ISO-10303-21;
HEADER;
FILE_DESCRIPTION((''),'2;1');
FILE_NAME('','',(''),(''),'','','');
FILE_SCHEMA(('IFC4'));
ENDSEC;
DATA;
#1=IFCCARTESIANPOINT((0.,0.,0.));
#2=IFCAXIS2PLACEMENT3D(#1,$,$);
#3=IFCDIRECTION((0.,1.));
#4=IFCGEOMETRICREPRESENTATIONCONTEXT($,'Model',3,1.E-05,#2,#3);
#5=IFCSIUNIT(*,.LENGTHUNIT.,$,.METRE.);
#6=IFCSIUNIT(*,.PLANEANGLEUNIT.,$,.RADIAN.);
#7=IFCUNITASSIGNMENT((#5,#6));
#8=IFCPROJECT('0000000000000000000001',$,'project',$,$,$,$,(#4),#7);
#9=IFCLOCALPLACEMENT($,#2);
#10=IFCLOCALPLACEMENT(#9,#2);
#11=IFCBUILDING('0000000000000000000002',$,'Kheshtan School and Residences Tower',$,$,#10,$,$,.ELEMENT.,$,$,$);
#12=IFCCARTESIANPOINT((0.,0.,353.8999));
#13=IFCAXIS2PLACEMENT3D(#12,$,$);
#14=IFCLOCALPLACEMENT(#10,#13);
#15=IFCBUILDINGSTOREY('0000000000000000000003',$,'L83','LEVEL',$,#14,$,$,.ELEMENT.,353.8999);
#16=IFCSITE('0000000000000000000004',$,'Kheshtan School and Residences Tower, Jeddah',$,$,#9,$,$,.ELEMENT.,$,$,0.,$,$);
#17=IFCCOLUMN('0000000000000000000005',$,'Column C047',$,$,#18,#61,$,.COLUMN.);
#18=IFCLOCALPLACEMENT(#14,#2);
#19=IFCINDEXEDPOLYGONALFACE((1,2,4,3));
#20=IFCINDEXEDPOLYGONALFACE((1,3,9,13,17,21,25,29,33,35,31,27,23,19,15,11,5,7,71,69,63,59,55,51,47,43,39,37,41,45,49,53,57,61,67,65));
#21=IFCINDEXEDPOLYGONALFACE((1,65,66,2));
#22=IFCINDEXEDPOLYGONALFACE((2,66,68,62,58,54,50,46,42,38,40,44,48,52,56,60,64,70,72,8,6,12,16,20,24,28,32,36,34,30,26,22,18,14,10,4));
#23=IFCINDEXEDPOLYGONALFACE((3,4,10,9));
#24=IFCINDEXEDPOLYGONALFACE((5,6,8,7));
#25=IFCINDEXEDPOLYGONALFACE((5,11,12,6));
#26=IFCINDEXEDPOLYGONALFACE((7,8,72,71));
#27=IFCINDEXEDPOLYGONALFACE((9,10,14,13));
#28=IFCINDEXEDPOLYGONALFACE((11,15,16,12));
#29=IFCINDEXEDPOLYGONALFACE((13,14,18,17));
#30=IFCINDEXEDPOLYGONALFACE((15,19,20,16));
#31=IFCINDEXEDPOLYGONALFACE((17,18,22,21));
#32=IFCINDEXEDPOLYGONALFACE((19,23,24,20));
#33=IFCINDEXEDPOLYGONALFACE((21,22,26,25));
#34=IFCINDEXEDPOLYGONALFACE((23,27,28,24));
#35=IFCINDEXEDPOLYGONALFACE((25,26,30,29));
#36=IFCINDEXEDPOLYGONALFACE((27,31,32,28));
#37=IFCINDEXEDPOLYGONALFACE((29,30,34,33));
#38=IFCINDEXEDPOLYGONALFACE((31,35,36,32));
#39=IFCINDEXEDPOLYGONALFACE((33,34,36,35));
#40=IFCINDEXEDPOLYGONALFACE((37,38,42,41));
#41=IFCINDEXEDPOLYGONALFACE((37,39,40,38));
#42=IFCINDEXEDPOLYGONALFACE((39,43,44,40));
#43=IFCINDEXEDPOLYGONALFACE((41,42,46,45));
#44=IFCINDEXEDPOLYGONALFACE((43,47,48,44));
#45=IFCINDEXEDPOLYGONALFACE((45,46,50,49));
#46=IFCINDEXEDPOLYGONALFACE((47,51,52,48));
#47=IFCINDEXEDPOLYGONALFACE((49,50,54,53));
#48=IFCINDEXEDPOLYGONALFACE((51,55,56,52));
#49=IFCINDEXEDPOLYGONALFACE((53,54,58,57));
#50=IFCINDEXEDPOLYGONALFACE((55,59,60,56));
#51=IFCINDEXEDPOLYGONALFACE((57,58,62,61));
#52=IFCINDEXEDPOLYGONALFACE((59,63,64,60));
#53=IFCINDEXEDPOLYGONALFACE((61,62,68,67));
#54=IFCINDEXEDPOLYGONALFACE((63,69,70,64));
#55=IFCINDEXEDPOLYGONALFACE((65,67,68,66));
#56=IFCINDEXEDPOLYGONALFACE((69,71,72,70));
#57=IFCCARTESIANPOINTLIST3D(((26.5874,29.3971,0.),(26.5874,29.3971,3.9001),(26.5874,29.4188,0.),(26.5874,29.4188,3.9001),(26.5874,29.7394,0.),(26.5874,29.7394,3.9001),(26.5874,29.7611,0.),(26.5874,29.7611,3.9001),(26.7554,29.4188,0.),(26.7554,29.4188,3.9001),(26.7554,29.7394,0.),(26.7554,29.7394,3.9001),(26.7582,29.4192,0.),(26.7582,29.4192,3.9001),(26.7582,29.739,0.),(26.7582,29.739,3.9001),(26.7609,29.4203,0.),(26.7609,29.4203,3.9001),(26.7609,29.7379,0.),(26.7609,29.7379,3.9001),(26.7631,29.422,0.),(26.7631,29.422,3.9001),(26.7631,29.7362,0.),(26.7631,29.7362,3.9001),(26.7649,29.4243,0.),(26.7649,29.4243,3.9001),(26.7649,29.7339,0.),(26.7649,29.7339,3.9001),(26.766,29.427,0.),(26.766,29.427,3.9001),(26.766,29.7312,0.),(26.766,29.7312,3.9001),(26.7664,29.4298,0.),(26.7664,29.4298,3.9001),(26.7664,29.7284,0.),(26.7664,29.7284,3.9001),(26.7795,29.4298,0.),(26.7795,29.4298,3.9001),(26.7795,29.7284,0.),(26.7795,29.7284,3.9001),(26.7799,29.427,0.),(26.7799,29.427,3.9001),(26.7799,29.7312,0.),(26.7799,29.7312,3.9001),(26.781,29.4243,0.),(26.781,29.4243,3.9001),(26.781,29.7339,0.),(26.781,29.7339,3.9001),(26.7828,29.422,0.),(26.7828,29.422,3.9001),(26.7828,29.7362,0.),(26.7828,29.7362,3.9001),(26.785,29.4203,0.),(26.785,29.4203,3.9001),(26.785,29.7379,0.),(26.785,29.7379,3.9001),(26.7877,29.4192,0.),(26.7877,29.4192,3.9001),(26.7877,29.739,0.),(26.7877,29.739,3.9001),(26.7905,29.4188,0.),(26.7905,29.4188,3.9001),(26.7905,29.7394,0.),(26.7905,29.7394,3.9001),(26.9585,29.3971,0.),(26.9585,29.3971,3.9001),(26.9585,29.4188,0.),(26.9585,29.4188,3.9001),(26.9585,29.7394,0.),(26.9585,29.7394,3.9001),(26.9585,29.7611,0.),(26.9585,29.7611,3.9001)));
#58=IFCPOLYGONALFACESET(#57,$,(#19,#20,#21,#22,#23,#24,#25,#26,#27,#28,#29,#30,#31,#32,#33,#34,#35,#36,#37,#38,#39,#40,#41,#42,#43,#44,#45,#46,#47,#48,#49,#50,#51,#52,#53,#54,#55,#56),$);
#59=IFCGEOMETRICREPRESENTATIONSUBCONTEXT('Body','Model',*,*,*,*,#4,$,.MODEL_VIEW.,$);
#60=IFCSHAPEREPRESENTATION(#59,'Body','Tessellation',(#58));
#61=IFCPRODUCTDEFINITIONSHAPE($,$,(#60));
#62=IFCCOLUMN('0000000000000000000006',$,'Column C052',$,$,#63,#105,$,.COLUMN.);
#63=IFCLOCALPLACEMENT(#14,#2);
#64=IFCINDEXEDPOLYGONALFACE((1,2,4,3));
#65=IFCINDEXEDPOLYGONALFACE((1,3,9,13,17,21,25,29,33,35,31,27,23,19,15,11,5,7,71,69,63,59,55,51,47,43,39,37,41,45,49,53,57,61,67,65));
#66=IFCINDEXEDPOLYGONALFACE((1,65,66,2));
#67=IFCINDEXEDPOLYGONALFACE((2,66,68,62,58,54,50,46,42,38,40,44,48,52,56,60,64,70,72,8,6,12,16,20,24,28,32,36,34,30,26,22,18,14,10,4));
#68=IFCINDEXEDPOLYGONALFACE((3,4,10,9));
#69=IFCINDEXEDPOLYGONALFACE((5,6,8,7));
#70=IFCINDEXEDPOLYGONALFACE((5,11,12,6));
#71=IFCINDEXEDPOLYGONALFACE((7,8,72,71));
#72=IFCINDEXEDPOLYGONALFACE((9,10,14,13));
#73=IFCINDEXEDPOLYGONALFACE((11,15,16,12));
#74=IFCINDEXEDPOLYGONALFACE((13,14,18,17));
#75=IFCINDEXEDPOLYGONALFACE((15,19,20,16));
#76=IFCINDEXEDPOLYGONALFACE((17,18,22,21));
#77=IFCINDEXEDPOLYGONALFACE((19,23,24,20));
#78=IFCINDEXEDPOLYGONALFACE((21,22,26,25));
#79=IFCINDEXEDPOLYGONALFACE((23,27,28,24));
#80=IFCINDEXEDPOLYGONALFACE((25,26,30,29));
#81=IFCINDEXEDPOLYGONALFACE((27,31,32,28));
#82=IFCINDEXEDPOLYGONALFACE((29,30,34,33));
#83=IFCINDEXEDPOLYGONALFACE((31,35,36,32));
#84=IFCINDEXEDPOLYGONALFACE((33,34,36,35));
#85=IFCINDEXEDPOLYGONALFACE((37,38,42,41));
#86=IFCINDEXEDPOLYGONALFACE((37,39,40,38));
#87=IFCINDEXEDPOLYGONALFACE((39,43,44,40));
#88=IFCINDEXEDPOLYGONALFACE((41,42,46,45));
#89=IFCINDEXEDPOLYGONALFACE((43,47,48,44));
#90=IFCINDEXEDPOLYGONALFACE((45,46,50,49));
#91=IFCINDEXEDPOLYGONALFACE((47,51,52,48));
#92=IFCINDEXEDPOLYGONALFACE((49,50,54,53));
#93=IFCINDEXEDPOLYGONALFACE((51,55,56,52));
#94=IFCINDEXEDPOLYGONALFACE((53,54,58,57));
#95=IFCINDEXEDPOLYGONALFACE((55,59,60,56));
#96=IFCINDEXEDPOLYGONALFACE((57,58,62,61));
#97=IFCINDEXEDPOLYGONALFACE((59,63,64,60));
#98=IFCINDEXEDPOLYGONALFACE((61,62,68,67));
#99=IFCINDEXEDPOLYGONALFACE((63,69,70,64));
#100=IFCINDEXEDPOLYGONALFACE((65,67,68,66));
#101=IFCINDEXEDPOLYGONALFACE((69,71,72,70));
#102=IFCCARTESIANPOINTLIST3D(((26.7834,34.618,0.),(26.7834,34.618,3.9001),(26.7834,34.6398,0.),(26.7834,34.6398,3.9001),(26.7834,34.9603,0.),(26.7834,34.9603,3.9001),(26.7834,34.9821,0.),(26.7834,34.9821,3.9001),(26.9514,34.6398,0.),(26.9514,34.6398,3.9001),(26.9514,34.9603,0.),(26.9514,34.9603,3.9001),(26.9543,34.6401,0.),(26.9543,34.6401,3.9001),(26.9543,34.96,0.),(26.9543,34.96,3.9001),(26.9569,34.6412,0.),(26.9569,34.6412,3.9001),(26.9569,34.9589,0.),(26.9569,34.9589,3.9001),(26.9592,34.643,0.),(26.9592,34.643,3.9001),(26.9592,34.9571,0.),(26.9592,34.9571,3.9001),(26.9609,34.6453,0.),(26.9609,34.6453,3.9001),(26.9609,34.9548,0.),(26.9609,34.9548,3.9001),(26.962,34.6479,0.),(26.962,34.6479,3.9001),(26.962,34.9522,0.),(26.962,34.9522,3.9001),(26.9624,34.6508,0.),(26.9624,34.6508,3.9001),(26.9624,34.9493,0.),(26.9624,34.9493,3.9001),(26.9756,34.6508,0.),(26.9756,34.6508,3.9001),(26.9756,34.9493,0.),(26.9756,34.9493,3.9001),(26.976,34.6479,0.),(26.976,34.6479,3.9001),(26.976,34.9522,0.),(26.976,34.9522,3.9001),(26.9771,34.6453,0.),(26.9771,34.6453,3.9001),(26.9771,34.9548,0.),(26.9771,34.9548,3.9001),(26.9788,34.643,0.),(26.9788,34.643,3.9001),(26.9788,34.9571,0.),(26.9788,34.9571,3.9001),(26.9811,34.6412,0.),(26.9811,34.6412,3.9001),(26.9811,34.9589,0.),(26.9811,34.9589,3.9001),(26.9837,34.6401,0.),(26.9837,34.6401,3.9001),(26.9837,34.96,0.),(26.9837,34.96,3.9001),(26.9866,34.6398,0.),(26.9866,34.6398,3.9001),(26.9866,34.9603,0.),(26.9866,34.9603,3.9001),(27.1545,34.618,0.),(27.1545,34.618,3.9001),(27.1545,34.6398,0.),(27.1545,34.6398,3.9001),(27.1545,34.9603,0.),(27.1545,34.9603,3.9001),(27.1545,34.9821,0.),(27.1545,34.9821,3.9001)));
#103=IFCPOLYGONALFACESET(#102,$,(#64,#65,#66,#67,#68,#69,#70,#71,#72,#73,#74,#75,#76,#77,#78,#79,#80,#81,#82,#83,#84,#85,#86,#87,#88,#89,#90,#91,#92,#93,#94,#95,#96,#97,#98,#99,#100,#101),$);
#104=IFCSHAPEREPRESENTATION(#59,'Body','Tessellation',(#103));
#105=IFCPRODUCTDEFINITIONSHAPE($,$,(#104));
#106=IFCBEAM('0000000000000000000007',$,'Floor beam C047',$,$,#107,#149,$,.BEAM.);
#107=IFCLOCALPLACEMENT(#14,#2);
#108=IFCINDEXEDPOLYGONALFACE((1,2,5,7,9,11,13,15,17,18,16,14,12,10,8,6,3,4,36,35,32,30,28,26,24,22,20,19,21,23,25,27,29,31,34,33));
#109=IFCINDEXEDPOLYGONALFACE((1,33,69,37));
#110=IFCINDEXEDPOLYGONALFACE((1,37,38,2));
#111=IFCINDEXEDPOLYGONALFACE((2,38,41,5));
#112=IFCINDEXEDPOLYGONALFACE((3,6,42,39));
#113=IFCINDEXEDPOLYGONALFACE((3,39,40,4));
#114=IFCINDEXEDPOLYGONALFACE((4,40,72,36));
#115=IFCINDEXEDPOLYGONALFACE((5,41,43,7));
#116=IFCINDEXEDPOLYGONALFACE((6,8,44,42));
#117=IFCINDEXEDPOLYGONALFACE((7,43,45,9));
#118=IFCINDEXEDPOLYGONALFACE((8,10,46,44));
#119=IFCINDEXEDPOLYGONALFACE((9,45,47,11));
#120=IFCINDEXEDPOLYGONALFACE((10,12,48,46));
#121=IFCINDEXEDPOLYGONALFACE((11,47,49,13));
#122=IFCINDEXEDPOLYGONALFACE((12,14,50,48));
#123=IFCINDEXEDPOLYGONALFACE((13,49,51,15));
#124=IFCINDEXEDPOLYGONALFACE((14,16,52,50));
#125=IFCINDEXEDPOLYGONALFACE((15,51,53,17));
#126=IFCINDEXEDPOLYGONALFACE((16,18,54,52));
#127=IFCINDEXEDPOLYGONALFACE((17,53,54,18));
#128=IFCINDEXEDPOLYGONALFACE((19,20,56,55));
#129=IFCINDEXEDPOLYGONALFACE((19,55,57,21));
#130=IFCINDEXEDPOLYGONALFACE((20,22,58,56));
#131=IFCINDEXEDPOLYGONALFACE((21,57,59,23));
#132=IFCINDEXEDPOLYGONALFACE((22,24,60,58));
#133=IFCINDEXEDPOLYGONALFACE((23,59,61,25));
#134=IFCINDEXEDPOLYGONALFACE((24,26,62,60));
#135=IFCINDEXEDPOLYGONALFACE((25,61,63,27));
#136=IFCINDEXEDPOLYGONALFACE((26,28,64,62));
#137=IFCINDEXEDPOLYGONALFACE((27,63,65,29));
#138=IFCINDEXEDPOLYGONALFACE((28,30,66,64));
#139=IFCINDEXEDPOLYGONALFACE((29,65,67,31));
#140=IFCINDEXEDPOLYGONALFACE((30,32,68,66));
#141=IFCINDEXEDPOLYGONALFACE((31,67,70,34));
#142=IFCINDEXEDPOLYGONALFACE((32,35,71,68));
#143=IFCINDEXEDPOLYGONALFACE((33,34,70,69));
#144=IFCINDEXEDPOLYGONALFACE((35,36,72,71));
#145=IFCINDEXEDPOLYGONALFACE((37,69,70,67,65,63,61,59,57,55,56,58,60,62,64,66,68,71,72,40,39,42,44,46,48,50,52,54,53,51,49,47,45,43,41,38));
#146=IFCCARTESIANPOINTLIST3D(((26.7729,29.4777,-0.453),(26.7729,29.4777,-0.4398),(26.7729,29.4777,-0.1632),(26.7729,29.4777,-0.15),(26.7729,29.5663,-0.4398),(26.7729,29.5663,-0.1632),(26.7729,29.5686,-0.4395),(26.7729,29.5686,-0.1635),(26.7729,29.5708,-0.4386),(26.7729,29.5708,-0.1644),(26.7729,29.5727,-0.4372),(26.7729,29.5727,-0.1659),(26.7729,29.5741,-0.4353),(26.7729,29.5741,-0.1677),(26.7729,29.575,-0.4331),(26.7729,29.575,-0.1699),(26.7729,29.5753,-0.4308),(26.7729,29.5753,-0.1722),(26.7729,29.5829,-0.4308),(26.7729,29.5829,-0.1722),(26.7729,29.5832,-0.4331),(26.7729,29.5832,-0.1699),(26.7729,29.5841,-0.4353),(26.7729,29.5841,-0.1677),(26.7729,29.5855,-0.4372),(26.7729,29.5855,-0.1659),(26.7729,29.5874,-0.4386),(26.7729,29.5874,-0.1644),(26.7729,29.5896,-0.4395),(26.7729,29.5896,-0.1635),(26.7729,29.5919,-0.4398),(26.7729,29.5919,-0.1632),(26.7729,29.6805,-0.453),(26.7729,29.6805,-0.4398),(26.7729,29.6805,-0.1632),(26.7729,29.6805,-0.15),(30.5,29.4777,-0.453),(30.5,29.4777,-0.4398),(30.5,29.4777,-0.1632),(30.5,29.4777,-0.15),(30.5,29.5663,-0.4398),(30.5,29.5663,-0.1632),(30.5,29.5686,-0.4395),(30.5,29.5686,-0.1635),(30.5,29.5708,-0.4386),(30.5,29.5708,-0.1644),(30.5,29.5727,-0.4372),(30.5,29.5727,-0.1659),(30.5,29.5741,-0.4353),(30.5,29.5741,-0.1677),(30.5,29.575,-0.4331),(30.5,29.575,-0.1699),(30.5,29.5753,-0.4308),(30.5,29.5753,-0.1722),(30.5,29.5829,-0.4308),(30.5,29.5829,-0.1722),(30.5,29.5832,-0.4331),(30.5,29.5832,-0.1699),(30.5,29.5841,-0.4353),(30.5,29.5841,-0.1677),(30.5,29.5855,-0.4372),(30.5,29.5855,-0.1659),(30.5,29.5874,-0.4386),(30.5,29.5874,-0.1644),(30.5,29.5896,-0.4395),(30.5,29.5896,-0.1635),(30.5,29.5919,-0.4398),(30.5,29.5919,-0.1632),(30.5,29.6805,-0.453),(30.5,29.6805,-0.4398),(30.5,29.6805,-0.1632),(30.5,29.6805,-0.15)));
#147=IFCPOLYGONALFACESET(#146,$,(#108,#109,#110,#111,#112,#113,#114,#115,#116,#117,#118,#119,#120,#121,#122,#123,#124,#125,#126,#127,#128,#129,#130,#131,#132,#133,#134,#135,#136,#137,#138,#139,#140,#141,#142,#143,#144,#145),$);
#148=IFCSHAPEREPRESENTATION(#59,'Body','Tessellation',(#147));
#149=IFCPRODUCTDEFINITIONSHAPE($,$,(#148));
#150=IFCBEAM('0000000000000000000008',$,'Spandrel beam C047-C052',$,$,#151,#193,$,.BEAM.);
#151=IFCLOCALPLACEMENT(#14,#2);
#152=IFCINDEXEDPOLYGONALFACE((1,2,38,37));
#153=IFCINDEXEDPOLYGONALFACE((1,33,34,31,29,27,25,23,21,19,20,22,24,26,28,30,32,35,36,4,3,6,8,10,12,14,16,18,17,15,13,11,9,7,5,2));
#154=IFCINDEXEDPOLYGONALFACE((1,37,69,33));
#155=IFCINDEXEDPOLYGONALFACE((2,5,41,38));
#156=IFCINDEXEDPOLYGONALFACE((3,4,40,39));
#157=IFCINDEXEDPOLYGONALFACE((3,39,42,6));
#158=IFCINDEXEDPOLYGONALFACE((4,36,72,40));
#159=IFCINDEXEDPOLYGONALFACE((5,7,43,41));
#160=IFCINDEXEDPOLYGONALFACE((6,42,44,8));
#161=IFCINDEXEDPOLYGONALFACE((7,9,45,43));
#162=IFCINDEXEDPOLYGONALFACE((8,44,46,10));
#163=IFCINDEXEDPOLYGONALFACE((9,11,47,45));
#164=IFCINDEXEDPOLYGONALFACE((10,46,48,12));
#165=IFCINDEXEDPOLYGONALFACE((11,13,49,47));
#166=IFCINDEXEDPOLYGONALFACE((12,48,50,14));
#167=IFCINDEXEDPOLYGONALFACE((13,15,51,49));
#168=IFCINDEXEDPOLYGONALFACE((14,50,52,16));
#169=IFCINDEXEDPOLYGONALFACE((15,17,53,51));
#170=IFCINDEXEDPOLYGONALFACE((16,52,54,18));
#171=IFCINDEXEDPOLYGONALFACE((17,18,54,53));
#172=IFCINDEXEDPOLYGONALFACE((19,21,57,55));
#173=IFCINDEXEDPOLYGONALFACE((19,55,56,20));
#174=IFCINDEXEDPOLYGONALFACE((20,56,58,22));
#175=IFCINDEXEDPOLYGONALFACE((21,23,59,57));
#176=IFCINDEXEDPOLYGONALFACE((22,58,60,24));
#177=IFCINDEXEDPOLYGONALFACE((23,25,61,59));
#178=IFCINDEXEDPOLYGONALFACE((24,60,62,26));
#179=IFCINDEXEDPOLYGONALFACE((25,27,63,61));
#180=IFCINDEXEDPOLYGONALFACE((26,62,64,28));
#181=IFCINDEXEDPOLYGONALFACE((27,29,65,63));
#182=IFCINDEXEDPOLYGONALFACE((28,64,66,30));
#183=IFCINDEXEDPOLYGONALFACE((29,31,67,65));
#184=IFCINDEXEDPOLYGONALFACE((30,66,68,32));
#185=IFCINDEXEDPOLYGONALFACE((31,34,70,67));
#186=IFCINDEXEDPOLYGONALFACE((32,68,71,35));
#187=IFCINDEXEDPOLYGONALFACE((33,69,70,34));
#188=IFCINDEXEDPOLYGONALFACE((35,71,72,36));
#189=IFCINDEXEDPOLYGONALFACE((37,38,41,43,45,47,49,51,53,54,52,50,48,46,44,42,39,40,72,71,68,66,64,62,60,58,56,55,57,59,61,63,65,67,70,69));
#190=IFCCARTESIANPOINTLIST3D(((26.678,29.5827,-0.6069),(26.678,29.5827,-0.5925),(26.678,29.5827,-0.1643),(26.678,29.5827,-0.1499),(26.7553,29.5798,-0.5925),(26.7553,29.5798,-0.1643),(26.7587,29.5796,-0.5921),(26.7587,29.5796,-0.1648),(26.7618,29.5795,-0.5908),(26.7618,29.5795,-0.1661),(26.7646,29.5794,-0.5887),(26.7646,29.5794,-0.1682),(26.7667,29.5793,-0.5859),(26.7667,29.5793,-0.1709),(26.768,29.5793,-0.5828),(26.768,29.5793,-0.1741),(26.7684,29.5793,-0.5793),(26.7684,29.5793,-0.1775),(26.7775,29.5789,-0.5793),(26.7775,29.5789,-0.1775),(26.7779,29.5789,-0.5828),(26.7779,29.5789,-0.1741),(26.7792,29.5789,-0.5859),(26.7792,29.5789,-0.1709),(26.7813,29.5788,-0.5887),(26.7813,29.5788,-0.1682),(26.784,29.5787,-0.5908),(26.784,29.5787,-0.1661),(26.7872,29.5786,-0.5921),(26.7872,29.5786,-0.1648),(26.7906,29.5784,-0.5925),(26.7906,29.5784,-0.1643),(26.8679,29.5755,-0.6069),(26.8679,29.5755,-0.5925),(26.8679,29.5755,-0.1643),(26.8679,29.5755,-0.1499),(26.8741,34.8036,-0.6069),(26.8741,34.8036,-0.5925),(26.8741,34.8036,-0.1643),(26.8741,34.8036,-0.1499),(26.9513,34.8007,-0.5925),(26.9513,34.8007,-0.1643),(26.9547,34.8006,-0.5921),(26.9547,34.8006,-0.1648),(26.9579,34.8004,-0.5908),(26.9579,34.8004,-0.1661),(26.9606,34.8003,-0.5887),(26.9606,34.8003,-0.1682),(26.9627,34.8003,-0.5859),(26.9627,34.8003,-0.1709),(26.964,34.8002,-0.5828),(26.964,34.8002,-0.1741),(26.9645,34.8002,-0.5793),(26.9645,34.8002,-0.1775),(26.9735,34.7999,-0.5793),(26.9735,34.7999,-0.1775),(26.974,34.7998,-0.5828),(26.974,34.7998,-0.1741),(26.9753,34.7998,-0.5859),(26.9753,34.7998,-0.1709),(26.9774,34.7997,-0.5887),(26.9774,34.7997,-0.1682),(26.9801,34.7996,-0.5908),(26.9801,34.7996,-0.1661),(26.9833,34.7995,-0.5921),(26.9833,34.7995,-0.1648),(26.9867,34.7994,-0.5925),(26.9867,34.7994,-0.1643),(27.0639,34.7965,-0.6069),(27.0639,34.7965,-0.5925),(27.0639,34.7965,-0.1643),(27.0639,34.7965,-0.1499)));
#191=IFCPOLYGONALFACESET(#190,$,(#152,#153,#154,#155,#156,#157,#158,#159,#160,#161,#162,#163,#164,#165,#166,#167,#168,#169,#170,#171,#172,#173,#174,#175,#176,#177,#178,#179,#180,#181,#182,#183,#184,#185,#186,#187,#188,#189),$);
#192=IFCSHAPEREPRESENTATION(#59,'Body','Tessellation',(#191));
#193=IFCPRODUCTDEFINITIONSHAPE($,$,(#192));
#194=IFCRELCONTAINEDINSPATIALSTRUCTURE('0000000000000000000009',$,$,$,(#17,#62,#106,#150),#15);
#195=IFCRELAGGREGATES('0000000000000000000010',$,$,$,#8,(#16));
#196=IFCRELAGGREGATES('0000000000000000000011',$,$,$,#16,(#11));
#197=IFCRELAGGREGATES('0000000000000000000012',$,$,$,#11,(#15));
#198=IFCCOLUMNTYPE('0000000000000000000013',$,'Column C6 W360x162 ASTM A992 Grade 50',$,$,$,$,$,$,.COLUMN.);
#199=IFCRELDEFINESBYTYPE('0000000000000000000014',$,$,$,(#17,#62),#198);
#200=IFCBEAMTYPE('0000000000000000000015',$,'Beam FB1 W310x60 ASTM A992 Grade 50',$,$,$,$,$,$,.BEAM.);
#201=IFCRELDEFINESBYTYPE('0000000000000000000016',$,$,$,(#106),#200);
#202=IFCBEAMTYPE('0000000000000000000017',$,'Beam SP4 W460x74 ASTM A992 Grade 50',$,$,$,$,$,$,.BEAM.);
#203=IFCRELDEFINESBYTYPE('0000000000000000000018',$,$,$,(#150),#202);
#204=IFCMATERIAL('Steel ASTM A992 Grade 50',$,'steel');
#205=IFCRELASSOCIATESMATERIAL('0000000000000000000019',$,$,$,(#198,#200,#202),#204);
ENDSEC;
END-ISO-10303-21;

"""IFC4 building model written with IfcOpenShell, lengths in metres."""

from ifc_helpers import new_model, si_unit, direction, frame, origin, origin_2d, place, context, subcontext, project, spatial, i_section, extrude, material, material_profile, profile_set, type_object, element, save


model = new_model("IFC4")

# Units and contexts
model_context = context("Model", 3, precision=1e-05, world=origin(), true_north=direction((0.0, 1.0)))
body_context = subcontext(model_context, "Body", "Model", "MODEL_VIEW")
ifc_project = project(units=[si_unit("LENGTHUNIT", "METRE"), si_unit("PLANEANGLEUNIT", "RADIAN")], contexts=[model_context])

# Site, building, storey
site_placement = place(None, origin())
site = spatial("IfcSite", under=ifc_project, at=site_placement, Name="Kheshtan School and Residences Tower, Jeddah", CompositionType="ELEMENT", RefElevation=0.0)
building_placement = place(site_placement, origin())
building = spatial("IfcBuilding", under=site, at=building_placement, Name="Kheshtan School and Residences Tower", CompositionType="ELEMENT")
storey_placement = place(building_placement, frame((0.0, 0.0, 353.8999)))
storey = spatial("IfcBuildingStorey", under=building, at=storey_placement, Name="L83", Description="LEVEL", CompositionType="ELEMENT", Elevation=353.8999)

# Columns
ifc_material_1 = material(Name="Steel ASTM A992 Grade 50", Category="steel")
ifc_material_profile_1 = material_profile(ifc_material_1, i_section(OverallWidth=0.3711, OverallDepth=0.364, WebThickness=0.0132, FlangeThickness=0.0217, FilletRadius=0.011, at=origin_2d()), Name="W360x162")
ifc_profile_set_1 = profile_set([ifc_material_profile_1], Name="Steel ASTM A992 Grade 50")
column_type = type_object("IfcColumnType", Name="Column C6 W360x162 ASTM A992 Grade 50", PredefinedType="COLUMN", material=ifc_profile_set_1)
for number, where, z_axis, x_axis, name in (
    (1, (26.7729, 29.5791, 0.0), (0.0, 0.0, 1.0), (1.0, 0.0, 0.0), "Column C047"),
    (2, (26.969, 34.8, 0.0), (0.0, 0.0, 1.0), (1.0, 0.0, 0.0), "Column C052"),
):
    element("IfcColumn", number, at=place(storey_placement, frame(where, z_axis=z_axis, x_axis=x_axis)), inside=storey, type_object=column_type, Name=name, PredefinedType="COLUMN", context=body_context, shape_type="SweptSolid", body=[
        extrude(i_section(OverallWidth=0.3711, OverallDepth=0.364, WebThickness=0.0132, FlangeThickness=0.0217, FilletRadius=0.011, at=origin_2d()), origin(), (0.0, 0.0, 1.0), 3.9001),
    ])

# Beams
ifc_material_profile_2 = material_profile(ifc_material_1, i_section(OverallWidth=0.2029, OverallDepth=0.303, WebThickness=0.0076, FlangeThickness=0.0132, FilletRadius=0.009, at=origin_2d()), Name="W310x60")
ifc_profile_set_2 = profile_set([ifc_material_profile_2], Name="Steel ASTM A992 Grade 50")
beam_type_1 = type_object("IfcBeamType", Name="Beam FB1 W310x60 ASTM A992 Grade 50", PredefinedType="BEAM", material=ifc_profile_set_2)
beam_1_placement = place(storey_placement, frame((26.7729, 29.5791, -0.3015), z_axis=(1.0, 0.0, 0.0), x_axis=(0.0, 1.0, 0.0)))
element("IfcBeam", 3, at=beam_1_placement, inside=storey, type_object=beam_type_1, Name="Floor beam C047", PredefinedType="BEAM", context=body_context, shape_type="SweptSolid", body=[
    extrude(i_section(OverallWidth=0.2029, OverallDepth=0.303, WebThickness=0.0076, FlangeThickness=0.0132, FilletRadius=0.009, at=origin_2d()), origin(), (0.0, 0.0, 1.0), 3.7271),
])
ifc_material_profile_3 = material_profile(ifc_material_1, i_section(OverallWidth=0.1899, OverallDepth=0.457, WebThickness=0.009, FlangeThickness=0.0144, FilletRadius=0.0132, at=origin_2d()), Name="W460x74")
ifc_profile_set_3 = profile_set([ifc_material_profile_3], Name="Steel ASTM A992 Grade 50")
beam_type_2 = type_object("IfcBeamType", Name="Beam SP4 W460x74 ASTM A992 Grade 50", PredefinedType="BEAM", material=ifc_profile_set_3)
beam_2_placement = place(storey_placement, frame((26.7729, 29.5791, -0.3784), z_axis=(0.037523, 0.999296, 0.0), x_axis=(-0.999296, 0.037523, 0.0)))
element("IfcBeam", 4, at=beam_2_placement, inside=storey, type_object=beam_type_2, Name="Spandrel beam C047-C052", PredefinedType="BEAM", context=body_context, shape_type="SweptSolid", body=[
    extrude(i_section(OverallWidth=0.1899, OverallDepth=0.457, WebThickness=0.009, FlangeThickness=0.0144, FilletRadius=0.0132, at=origin_2d()), origin(), (0.0, 0.0, 1.0), 5.2246),
])

save(model, "model.ifc")
